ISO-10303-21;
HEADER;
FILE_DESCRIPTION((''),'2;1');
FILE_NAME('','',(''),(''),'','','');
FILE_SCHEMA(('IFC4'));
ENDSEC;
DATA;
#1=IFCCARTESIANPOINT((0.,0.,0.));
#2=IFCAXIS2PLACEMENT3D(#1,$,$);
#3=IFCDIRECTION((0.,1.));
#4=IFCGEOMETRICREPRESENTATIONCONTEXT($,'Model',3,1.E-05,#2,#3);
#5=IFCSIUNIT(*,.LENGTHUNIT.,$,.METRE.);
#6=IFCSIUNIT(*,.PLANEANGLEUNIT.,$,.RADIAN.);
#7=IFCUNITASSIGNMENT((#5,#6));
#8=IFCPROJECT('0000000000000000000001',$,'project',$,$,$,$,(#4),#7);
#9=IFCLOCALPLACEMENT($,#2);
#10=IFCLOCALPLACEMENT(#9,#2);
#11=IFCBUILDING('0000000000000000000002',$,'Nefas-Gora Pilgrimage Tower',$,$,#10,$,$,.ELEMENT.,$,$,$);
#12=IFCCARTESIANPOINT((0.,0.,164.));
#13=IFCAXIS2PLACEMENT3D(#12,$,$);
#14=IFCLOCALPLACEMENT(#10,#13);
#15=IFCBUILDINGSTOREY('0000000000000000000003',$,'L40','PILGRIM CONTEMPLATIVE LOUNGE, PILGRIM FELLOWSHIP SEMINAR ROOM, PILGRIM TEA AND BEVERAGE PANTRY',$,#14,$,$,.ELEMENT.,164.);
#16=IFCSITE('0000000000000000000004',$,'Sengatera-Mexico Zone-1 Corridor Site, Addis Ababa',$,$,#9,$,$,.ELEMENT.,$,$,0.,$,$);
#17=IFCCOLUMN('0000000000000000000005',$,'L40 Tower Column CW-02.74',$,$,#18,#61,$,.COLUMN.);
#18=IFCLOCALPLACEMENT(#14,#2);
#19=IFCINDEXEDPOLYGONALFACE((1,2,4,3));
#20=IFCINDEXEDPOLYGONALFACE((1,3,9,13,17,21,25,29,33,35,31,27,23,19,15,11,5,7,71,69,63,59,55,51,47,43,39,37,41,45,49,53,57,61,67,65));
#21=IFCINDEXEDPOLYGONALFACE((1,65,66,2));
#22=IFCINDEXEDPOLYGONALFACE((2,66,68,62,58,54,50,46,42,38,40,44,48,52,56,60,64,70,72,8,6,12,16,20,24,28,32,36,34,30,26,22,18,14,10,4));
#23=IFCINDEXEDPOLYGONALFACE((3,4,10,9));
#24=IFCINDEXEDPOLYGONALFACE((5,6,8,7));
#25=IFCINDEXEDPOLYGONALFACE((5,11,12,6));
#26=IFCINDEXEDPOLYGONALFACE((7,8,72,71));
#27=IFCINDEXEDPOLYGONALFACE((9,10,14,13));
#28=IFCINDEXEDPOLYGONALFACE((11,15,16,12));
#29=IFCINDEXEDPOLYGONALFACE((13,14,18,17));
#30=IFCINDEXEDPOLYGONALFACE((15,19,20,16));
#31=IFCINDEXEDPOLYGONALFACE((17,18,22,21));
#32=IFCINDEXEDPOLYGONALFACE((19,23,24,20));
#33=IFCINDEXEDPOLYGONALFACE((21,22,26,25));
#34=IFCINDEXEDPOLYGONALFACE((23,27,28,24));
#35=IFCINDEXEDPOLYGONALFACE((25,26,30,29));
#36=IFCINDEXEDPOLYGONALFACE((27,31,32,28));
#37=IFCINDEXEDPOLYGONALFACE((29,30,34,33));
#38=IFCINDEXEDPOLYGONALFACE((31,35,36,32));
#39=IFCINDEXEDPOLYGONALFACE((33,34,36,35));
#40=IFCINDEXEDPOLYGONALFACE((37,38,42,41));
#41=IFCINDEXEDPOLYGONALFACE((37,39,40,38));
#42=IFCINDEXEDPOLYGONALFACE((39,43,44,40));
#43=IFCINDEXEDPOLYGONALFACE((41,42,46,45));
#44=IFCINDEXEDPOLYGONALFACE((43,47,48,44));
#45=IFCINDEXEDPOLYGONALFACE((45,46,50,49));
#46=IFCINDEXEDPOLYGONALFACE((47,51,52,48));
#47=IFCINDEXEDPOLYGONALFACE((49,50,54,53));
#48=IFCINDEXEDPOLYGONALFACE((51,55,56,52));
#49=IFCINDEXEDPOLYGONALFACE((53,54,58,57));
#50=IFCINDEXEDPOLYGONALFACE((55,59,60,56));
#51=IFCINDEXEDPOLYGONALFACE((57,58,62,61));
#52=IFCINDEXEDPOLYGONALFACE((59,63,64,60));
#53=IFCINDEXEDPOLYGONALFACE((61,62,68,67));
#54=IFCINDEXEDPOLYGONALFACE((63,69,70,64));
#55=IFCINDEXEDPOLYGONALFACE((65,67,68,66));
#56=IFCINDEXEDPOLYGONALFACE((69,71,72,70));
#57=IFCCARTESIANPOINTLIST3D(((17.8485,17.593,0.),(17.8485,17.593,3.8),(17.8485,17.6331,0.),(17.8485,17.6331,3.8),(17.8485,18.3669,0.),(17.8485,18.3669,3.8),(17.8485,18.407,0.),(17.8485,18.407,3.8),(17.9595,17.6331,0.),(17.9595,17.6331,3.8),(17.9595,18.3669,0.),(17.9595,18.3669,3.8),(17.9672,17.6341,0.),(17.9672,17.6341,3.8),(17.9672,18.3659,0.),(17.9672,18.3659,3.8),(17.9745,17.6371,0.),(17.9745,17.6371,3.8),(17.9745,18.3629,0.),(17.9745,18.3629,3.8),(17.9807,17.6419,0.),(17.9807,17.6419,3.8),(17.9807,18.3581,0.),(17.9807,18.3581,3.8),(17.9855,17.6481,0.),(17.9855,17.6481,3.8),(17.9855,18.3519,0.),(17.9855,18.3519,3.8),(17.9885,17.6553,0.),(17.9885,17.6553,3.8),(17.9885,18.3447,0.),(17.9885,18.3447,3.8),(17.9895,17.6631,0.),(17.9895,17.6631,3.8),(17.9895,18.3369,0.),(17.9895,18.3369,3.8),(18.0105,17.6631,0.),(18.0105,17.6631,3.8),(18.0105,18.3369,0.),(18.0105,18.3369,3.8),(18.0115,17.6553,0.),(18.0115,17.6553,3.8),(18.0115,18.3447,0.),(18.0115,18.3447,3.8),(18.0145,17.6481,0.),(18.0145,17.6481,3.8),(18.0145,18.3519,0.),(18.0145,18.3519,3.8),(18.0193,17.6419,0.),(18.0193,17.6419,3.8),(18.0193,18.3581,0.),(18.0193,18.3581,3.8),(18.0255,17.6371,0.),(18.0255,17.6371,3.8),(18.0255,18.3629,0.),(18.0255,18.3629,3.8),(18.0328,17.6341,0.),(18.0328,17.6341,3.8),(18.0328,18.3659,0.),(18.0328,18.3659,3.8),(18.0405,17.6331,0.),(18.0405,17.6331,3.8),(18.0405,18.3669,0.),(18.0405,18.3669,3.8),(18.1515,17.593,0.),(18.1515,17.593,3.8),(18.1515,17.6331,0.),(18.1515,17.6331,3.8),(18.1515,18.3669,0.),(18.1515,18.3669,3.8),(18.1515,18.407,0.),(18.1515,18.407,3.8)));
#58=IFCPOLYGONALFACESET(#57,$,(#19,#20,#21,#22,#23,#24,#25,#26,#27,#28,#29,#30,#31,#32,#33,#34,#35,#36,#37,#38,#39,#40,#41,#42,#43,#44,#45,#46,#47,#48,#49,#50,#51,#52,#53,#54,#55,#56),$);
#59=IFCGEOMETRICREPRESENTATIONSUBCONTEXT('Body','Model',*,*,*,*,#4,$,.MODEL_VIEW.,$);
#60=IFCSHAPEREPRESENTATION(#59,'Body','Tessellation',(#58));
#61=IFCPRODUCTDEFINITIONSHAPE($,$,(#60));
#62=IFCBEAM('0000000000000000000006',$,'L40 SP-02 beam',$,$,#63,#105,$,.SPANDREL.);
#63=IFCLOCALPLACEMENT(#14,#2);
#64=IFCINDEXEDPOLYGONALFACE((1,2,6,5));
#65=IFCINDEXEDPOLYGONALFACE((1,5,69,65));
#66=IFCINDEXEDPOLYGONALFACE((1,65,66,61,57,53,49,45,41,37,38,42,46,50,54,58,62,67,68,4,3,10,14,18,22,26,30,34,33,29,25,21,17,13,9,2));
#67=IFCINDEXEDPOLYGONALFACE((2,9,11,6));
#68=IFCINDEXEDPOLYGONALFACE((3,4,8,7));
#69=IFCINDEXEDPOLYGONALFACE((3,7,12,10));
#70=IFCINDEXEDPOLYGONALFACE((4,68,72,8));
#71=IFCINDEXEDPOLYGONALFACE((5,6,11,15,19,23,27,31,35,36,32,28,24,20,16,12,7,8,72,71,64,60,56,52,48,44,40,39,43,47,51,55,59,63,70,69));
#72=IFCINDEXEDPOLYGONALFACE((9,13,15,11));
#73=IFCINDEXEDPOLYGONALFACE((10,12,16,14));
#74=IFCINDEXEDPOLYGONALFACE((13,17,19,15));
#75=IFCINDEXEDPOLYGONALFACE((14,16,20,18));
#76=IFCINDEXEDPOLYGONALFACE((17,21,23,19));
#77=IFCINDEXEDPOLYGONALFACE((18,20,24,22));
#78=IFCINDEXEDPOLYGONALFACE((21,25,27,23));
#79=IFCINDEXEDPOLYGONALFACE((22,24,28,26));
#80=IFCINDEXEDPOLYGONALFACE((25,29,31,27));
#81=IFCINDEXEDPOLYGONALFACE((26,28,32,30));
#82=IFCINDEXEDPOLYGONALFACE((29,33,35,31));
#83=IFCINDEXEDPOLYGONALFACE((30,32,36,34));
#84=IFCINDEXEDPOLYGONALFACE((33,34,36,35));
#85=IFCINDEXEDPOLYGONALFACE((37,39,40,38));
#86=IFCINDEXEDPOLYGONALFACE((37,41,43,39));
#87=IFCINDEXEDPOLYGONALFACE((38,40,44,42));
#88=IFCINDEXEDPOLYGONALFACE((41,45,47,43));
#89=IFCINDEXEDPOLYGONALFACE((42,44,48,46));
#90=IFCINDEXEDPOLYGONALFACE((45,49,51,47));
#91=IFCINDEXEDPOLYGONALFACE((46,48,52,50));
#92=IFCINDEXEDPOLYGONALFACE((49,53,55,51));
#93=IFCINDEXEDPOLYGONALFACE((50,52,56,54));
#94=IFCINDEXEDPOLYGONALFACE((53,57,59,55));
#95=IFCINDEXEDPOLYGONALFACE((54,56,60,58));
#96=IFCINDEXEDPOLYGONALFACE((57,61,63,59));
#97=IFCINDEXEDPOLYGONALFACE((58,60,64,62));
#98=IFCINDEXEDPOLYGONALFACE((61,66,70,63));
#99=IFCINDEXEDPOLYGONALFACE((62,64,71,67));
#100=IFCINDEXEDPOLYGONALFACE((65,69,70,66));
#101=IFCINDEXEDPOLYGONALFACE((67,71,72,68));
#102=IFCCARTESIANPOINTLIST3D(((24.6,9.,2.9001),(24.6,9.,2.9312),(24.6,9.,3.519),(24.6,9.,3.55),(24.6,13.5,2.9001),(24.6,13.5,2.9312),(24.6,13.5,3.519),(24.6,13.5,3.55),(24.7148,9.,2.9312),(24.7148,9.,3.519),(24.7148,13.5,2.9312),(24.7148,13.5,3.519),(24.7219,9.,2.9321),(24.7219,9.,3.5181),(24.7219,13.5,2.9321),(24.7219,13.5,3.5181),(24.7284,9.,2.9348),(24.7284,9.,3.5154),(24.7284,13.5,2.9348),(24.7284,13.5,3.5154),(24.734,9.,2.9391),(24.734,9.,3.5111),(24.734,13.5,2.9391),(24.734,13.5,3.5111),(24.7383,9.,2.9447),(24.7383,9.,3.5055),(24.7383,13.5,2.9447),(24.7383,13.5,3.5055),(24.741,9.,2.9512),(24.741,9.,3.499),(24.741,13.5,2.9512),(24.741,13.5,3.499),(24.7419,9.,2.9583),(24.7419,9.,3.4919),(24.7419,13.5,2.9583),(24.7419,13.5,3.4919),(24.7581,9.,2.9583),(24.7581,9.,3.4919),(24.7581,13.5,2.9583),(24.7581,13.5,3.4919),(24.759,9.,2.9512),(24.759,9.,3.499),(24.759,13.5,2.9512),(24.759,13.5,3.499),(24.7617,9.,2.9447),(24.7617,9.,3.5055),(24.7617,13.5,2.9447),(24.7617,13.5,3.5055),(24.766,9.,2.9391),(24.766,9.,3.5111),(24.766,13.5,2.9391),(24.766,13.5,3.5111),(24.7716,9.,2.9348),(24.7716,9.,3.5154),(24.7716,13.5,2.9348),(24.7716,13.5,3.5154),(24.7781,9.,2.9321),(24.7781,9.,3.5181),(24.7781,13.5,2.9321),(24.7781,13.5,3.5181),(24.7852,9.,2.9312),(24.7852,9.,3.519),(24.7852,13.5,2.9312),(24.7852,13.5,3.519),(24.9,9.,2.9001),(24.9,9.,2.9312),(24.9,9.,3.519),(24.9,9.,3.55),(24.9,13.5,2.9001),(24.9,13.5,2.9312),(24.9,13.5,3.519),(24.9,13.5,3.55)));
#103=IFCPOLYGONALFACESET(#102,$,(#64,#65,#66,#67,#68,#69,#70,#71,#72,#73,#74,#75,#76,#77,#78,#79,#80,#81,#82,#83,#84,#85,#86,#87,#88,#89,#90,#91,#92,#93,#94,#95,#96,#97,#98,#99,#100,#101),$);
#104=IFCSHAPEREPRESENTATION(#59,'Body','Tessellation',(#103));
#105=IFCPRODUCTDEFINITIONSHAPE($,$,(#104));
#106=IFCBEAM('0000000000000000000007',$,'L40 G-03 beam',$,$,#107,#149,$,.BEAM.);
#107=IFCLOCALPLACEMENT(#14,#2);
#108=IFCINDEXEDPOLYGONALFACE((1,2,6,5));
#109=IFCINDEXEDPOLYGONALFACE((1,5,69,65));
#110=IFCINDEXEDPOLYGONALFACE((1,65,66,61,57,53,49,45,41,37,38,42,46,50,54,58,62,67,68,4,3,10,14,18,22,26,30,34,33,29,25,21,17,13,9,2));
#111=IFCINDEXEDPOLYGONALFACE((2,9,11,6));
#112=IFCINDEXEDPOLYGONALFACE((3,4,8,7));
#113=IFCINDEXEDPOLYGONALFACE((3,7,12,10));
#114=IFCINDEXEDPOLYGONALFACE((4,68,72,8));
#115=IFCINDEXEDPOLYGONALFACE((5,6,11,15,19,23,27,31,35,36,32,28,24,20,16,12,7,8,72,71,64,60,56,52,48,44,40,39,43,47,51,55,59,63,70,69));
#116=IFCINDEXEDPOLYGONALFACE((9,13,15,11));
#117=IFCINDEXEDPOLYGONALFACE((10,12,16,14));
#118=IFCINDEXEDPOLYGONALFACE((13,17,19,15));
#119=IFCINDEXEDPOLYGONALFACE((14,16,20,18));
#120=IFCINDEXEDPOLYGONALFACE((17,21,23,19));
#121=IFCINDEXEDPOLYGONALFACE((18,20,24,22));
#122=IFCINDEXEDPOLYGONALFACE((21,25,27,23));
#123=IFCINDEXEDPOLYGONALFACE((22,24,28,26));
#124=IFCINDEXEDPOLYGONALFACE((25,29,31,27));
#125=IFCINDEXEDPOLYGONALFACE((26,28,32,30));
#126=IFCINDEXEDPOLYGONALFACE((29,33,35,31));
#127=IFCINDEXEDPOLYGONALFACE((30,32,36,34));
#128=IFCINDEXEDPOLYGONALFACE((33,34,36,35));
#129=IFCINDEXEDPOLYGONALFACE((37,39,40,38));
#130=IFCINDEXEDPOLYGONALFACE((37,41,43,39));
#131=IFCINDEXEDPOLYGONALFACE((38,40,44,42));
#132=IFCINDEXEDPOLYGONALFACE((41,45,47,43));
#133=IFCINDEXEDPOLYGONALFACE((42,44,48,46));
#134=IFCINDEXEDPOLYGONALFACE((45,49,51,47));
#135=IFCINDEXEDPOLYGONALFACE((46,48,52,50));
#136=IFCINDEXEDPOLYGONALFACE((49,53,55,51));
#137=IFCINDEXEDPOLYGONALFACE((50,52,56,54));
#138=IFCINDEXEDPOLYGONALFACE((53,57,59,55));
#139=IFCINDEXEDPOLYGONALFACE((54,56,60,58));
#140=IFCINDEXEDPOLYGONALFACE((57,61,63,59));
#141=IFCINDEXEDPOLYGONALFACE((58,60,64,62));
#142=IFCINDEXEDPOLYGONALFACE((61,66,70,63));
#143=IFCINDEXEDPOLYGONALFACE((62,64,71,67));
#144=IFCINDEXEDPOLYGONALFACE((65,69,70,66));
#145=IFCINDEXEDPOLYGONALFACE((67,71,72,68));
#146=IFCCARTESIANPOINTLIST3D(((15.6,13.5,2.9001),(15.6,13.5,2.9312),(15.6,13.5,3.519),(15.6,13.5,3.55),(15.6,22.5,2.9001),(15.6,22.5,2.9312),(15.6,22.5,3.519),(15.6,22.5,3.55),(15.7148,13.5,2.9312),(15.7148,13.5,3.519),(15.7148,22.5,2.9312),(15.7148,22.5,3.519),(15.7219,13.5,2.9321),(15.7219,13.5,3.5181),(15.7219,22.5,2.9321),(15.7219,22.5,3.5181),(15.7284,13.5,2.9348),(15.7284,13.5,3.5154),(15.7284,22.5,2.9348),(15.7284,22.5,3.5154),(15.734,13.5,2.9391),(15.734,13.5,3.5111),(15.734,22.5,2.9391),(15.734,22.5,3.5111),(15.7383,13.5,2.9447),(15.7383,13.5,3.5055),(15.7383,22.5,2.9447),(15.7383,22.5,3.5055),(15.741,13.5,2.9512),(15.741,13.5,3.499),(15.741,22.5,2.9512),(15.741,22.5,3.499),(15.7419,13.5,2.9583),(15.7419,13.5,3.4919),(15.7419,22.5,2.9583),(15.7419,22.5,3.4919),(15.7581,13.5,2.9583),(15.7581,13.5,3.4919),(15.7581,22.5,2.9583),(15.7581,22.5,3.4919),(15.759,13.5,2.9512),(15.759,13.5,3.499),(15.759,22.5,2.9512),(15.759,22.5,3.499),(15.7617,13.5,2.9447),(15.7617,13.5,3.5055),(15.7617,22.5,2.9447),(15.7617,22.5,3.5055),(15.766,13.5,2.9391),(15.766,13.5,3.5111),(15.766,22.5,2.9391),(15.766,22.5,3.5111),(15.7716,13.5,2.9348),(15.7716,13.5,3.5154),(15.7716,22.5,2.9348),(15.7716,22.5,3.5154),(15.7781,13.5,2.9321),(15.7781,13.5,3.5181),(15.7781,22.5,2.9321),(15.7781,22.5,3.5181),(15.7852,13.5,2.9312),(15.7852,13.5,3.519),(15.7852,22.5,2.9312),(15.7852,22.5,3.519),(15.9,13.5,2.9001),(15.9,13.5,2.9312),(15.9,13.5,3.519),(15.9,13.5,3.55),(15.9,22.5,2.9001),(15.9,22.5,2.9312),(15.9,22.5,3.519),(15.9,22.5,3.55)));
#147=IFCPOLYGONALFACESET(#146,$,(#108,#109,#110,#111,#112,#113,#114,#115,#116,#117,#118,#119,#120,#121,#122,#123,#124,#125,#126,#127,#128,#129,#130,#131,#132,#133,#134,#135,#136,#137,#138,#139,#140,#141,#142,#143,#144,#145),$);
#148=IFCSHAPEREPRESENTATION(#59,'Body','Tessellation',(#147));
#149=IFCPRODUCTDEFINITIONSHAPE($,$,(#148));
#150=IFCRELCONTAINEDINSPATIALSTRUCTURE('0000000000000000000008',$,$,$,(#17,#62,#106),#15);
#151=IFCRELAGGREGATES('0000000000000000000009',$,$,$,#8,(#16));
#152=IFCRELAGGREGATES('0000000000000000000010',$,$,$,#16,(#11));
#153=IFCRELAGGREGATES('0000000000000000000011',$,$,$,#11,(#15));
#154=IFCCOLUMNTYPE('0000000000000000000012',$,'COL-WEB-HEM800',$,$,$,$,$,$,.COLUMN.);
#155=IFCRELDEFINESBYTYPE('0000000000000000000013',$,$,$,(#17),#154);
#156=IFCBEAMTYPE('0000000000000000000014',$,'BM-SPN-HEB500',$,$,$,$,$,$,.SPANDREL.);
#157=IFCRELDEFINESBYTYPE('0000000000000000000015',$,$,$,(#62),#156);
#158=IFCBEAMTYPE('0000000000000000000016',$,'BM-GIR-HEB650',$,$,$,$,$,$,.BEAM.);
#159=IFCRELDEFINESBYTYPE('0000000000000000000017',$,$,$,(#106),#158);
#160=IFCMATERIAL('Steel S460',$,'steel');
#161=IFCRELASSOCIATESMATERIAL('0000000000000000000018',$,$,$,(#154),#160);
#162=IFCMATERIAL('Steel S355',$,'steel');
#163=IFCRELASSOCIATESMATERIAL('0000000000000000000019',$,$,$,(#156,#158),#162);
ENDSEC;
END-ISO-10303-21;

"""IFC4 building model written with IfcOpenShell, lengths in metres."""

from ifc_helpers import new_model, si_unit, direction, frame, origin, origin_2d, place, context, subcontext, project, spatial, i_section, extrude, source, transform, mapped, material, material_profile, profile_set, type_object, element, save


model = new_model("IFC4")

# Units and contexts
model_context = context("Model", 3, precision=1e-05, world=origin(), true_north=direction((0.0, 1.0)))
body_context = subcontext(model_context, "Body", "Model", "MODEL_VIEW")
ifc_project = project(units=[si_unit("LENGTHUNIT", "METRE"), si_unit("PLANEANGLEUNIT", "RADIAN")], contexts=[model_context])

# Site, building, storey
site_placement = place(None, origin())
site = spatial("IfcSite", under=ifc_project, at=site_placement, Name="Sengatera-Mexico Zone-1 Corridor Site, Addis Ababa", CompositionType="ELEMENT", RefElevation=0.0)
building_placement = place(site_placement, origin())
building = spatial("IfcBuilding", under=site, at=building_placement, Name="Nefas-Gora Pilgrimage Tower", CompositionType="ELEMENT")
storey_placement = place(building_placement, frame((0.0, 0.0, 164.0)))
storey = spatial("IfcBuildingStorey", under=building, at=storey_placement, Name="L40", Description="PILGRIM CONTEMPLATIVE LOUNGE, PILGRIM FELLOWSHIP SEMINAR ROOM, PILGRIM TEA AND BEVERAGE PANTRY", CompositionType="ELEMENT", Elevation=164.0)

# Column
ifc_material_1 = material(Name="Steel S460", Category="steel")
ifc_material_profile_1 = material_profile(ifc_material_1, i_section(OverallWidth=0.303, OverallDepth=0.814, WebThickness=0.021, FlangeThickness=0.04, FilletRadius=0.03, at=origin_2d()), Name="HEM 800")
ifc_profile_set_1 = profile_set([ifc_material_profile_1], Name="Steel S460")
column_type_1 = type_object("IfcColumnType", Name="COL-WEB-HEM800", PredefinedType="COLUMN", material=ifc_profile_set_1)
shared_shape_1 = source(origin(), body_context, "Body", "SweptSolid", [
    extrude(i_section(OverallWidth=0.303, OverallDepth=0.814, WebThickness=0.021, FlangeThickness=0.04, FilletRadius=0.03, at=origin_2d()), origin(), (0.0, 0.0, 1.0), 3.8),
])
for number, where, z_axis, x_axis, name in (
    (1, (18.0, 18.0, 0.0), (0.0, 0.0, 1.0), (1.0, 0.0, 0.0), "L40 Tower Column CW-02.74"),
):
    element("IfcColumn", number, at=place(storey_placement, frame(where, z_axis=z_axis, x_axis=x_axis)), inside=storey, type_object=column_type_1, Name=name, PredefinedType="COLUMN", context=body_context, shape_type="MappedRepresentation", body=[
        mapped(shared_shape_1, transform((0.0, 0.0, 0.0), x_axis=(1.0, 0.0, 0.0), y_axis=(0.0, 1.0, 0.0), z_axis=(0.0, 0.0, 1.0), scale=1.0)),
    ])

# Beams
ifc_material_2 = material(Name="Steel S355", Category="steel")
ifc_material_profile_2 = material_profile(ifc_material_2, i_section(OverallWidth=0.3, OverallDepth=0.6499, WebThickness=0.0161, FlangeThickness=0.031, FilletRadius=0.0271, at=origin_2d()), Name="HEB 650")
ifc_profile_set_2 = profile_set([ifc_material_profile_2], Name="Steel S355")
beam_type_1 = type_object("IfcBeamType", Name="BM-SPN-HEB500", PredefinedType="SPANDREL", material=ifc_profile_set_2)
shared_shape_2 = source(origin(), body_context, "Body", "SweptSolid", [
    extrude(i_section(OverallWidth=0.3, OverallDepth=0.6499, WebThickness=0.0161, FlangeThickness=0.031, FilletRadius=0.0271, at=origin_2d()), origin(), (0.0, 0.0, 1.0), 4.5),
])
beam_1_placement = place(storey_placement, frame((24.75, 9.0, 3.2251), z_axis=(0.0, 1.0, 0.0), x_axis=(-1.0, 0.0, 0.0)))
element("IfcBeam", 2, at=beam_1_placement, inside=storey, type_object=beam_type_1, Name="L40 SP-02 beam", PredefinedType="SPANDREL", context=body_context, shape_type="MappedRepresentation", body=[
    mapped(shared_shape_2, transform((0.0, 0.0, 0.0), x_axis=(1.0, 0.0, 0.0), y_axis=(0.0, 1.0, 0.0), z_axis=(0.0, 0.0, 1.0), scale=1.0)),
])
ifc_material_profile_3 = material_profile(ifc_material_2, i_section(OverallWidth=0.3, OverallDepth=0.6499, WebThickness=0.0161, FlangeThickness=0.031, FilletRadius=0.0271, at=origin_2d()), Name="HEB 650")
ifc_profile_set_3 = profile_set([ifc_material_profile_3], Name="Steel S355")
beam_type_2 = type_object("IfcBeamType", Name="BM-GIR-HEB650", PredefinedType="BEAM", material=ifc_profile_set_3)
shared_shape_3 = source(origin(), body_context, "Body", "SweptSolid", [
    extrude(i_section(OverallWidth=0.3, OverallDepth=0.6499, WebThickness=0.0161, FlangeThickness=0.031, FilletRadius=0.0271, at=origin_2d()), origin(), (0.0, 0.0, 1.0), 9.0),
])
beam_2_placement = place(storey_placement, frame((15.75, 13.5, 3.2251), z_axis=(0.0, 1.0, 0.0), x_axis=(-1.0, 0.0, 0.0)))
element("IfcBeam", 3, at=beam_2_placement, inside=storey, type_object=beam_type_2, Name="L40 G-03 beam", PredefinedType="BEAM", context=body_context, shape_type="MappedRepresentation", body=[
    mapped(shared_shape_3, transform((0.0, 0.0, 0.0), x_axis=(1.0, 0.0, 0.0), y_axis=(0.0, 1.0, 0.0), z_axis=(0.0, 0.0, 1.0), scale=1.0)),
])

save(model, "model.ifc")
